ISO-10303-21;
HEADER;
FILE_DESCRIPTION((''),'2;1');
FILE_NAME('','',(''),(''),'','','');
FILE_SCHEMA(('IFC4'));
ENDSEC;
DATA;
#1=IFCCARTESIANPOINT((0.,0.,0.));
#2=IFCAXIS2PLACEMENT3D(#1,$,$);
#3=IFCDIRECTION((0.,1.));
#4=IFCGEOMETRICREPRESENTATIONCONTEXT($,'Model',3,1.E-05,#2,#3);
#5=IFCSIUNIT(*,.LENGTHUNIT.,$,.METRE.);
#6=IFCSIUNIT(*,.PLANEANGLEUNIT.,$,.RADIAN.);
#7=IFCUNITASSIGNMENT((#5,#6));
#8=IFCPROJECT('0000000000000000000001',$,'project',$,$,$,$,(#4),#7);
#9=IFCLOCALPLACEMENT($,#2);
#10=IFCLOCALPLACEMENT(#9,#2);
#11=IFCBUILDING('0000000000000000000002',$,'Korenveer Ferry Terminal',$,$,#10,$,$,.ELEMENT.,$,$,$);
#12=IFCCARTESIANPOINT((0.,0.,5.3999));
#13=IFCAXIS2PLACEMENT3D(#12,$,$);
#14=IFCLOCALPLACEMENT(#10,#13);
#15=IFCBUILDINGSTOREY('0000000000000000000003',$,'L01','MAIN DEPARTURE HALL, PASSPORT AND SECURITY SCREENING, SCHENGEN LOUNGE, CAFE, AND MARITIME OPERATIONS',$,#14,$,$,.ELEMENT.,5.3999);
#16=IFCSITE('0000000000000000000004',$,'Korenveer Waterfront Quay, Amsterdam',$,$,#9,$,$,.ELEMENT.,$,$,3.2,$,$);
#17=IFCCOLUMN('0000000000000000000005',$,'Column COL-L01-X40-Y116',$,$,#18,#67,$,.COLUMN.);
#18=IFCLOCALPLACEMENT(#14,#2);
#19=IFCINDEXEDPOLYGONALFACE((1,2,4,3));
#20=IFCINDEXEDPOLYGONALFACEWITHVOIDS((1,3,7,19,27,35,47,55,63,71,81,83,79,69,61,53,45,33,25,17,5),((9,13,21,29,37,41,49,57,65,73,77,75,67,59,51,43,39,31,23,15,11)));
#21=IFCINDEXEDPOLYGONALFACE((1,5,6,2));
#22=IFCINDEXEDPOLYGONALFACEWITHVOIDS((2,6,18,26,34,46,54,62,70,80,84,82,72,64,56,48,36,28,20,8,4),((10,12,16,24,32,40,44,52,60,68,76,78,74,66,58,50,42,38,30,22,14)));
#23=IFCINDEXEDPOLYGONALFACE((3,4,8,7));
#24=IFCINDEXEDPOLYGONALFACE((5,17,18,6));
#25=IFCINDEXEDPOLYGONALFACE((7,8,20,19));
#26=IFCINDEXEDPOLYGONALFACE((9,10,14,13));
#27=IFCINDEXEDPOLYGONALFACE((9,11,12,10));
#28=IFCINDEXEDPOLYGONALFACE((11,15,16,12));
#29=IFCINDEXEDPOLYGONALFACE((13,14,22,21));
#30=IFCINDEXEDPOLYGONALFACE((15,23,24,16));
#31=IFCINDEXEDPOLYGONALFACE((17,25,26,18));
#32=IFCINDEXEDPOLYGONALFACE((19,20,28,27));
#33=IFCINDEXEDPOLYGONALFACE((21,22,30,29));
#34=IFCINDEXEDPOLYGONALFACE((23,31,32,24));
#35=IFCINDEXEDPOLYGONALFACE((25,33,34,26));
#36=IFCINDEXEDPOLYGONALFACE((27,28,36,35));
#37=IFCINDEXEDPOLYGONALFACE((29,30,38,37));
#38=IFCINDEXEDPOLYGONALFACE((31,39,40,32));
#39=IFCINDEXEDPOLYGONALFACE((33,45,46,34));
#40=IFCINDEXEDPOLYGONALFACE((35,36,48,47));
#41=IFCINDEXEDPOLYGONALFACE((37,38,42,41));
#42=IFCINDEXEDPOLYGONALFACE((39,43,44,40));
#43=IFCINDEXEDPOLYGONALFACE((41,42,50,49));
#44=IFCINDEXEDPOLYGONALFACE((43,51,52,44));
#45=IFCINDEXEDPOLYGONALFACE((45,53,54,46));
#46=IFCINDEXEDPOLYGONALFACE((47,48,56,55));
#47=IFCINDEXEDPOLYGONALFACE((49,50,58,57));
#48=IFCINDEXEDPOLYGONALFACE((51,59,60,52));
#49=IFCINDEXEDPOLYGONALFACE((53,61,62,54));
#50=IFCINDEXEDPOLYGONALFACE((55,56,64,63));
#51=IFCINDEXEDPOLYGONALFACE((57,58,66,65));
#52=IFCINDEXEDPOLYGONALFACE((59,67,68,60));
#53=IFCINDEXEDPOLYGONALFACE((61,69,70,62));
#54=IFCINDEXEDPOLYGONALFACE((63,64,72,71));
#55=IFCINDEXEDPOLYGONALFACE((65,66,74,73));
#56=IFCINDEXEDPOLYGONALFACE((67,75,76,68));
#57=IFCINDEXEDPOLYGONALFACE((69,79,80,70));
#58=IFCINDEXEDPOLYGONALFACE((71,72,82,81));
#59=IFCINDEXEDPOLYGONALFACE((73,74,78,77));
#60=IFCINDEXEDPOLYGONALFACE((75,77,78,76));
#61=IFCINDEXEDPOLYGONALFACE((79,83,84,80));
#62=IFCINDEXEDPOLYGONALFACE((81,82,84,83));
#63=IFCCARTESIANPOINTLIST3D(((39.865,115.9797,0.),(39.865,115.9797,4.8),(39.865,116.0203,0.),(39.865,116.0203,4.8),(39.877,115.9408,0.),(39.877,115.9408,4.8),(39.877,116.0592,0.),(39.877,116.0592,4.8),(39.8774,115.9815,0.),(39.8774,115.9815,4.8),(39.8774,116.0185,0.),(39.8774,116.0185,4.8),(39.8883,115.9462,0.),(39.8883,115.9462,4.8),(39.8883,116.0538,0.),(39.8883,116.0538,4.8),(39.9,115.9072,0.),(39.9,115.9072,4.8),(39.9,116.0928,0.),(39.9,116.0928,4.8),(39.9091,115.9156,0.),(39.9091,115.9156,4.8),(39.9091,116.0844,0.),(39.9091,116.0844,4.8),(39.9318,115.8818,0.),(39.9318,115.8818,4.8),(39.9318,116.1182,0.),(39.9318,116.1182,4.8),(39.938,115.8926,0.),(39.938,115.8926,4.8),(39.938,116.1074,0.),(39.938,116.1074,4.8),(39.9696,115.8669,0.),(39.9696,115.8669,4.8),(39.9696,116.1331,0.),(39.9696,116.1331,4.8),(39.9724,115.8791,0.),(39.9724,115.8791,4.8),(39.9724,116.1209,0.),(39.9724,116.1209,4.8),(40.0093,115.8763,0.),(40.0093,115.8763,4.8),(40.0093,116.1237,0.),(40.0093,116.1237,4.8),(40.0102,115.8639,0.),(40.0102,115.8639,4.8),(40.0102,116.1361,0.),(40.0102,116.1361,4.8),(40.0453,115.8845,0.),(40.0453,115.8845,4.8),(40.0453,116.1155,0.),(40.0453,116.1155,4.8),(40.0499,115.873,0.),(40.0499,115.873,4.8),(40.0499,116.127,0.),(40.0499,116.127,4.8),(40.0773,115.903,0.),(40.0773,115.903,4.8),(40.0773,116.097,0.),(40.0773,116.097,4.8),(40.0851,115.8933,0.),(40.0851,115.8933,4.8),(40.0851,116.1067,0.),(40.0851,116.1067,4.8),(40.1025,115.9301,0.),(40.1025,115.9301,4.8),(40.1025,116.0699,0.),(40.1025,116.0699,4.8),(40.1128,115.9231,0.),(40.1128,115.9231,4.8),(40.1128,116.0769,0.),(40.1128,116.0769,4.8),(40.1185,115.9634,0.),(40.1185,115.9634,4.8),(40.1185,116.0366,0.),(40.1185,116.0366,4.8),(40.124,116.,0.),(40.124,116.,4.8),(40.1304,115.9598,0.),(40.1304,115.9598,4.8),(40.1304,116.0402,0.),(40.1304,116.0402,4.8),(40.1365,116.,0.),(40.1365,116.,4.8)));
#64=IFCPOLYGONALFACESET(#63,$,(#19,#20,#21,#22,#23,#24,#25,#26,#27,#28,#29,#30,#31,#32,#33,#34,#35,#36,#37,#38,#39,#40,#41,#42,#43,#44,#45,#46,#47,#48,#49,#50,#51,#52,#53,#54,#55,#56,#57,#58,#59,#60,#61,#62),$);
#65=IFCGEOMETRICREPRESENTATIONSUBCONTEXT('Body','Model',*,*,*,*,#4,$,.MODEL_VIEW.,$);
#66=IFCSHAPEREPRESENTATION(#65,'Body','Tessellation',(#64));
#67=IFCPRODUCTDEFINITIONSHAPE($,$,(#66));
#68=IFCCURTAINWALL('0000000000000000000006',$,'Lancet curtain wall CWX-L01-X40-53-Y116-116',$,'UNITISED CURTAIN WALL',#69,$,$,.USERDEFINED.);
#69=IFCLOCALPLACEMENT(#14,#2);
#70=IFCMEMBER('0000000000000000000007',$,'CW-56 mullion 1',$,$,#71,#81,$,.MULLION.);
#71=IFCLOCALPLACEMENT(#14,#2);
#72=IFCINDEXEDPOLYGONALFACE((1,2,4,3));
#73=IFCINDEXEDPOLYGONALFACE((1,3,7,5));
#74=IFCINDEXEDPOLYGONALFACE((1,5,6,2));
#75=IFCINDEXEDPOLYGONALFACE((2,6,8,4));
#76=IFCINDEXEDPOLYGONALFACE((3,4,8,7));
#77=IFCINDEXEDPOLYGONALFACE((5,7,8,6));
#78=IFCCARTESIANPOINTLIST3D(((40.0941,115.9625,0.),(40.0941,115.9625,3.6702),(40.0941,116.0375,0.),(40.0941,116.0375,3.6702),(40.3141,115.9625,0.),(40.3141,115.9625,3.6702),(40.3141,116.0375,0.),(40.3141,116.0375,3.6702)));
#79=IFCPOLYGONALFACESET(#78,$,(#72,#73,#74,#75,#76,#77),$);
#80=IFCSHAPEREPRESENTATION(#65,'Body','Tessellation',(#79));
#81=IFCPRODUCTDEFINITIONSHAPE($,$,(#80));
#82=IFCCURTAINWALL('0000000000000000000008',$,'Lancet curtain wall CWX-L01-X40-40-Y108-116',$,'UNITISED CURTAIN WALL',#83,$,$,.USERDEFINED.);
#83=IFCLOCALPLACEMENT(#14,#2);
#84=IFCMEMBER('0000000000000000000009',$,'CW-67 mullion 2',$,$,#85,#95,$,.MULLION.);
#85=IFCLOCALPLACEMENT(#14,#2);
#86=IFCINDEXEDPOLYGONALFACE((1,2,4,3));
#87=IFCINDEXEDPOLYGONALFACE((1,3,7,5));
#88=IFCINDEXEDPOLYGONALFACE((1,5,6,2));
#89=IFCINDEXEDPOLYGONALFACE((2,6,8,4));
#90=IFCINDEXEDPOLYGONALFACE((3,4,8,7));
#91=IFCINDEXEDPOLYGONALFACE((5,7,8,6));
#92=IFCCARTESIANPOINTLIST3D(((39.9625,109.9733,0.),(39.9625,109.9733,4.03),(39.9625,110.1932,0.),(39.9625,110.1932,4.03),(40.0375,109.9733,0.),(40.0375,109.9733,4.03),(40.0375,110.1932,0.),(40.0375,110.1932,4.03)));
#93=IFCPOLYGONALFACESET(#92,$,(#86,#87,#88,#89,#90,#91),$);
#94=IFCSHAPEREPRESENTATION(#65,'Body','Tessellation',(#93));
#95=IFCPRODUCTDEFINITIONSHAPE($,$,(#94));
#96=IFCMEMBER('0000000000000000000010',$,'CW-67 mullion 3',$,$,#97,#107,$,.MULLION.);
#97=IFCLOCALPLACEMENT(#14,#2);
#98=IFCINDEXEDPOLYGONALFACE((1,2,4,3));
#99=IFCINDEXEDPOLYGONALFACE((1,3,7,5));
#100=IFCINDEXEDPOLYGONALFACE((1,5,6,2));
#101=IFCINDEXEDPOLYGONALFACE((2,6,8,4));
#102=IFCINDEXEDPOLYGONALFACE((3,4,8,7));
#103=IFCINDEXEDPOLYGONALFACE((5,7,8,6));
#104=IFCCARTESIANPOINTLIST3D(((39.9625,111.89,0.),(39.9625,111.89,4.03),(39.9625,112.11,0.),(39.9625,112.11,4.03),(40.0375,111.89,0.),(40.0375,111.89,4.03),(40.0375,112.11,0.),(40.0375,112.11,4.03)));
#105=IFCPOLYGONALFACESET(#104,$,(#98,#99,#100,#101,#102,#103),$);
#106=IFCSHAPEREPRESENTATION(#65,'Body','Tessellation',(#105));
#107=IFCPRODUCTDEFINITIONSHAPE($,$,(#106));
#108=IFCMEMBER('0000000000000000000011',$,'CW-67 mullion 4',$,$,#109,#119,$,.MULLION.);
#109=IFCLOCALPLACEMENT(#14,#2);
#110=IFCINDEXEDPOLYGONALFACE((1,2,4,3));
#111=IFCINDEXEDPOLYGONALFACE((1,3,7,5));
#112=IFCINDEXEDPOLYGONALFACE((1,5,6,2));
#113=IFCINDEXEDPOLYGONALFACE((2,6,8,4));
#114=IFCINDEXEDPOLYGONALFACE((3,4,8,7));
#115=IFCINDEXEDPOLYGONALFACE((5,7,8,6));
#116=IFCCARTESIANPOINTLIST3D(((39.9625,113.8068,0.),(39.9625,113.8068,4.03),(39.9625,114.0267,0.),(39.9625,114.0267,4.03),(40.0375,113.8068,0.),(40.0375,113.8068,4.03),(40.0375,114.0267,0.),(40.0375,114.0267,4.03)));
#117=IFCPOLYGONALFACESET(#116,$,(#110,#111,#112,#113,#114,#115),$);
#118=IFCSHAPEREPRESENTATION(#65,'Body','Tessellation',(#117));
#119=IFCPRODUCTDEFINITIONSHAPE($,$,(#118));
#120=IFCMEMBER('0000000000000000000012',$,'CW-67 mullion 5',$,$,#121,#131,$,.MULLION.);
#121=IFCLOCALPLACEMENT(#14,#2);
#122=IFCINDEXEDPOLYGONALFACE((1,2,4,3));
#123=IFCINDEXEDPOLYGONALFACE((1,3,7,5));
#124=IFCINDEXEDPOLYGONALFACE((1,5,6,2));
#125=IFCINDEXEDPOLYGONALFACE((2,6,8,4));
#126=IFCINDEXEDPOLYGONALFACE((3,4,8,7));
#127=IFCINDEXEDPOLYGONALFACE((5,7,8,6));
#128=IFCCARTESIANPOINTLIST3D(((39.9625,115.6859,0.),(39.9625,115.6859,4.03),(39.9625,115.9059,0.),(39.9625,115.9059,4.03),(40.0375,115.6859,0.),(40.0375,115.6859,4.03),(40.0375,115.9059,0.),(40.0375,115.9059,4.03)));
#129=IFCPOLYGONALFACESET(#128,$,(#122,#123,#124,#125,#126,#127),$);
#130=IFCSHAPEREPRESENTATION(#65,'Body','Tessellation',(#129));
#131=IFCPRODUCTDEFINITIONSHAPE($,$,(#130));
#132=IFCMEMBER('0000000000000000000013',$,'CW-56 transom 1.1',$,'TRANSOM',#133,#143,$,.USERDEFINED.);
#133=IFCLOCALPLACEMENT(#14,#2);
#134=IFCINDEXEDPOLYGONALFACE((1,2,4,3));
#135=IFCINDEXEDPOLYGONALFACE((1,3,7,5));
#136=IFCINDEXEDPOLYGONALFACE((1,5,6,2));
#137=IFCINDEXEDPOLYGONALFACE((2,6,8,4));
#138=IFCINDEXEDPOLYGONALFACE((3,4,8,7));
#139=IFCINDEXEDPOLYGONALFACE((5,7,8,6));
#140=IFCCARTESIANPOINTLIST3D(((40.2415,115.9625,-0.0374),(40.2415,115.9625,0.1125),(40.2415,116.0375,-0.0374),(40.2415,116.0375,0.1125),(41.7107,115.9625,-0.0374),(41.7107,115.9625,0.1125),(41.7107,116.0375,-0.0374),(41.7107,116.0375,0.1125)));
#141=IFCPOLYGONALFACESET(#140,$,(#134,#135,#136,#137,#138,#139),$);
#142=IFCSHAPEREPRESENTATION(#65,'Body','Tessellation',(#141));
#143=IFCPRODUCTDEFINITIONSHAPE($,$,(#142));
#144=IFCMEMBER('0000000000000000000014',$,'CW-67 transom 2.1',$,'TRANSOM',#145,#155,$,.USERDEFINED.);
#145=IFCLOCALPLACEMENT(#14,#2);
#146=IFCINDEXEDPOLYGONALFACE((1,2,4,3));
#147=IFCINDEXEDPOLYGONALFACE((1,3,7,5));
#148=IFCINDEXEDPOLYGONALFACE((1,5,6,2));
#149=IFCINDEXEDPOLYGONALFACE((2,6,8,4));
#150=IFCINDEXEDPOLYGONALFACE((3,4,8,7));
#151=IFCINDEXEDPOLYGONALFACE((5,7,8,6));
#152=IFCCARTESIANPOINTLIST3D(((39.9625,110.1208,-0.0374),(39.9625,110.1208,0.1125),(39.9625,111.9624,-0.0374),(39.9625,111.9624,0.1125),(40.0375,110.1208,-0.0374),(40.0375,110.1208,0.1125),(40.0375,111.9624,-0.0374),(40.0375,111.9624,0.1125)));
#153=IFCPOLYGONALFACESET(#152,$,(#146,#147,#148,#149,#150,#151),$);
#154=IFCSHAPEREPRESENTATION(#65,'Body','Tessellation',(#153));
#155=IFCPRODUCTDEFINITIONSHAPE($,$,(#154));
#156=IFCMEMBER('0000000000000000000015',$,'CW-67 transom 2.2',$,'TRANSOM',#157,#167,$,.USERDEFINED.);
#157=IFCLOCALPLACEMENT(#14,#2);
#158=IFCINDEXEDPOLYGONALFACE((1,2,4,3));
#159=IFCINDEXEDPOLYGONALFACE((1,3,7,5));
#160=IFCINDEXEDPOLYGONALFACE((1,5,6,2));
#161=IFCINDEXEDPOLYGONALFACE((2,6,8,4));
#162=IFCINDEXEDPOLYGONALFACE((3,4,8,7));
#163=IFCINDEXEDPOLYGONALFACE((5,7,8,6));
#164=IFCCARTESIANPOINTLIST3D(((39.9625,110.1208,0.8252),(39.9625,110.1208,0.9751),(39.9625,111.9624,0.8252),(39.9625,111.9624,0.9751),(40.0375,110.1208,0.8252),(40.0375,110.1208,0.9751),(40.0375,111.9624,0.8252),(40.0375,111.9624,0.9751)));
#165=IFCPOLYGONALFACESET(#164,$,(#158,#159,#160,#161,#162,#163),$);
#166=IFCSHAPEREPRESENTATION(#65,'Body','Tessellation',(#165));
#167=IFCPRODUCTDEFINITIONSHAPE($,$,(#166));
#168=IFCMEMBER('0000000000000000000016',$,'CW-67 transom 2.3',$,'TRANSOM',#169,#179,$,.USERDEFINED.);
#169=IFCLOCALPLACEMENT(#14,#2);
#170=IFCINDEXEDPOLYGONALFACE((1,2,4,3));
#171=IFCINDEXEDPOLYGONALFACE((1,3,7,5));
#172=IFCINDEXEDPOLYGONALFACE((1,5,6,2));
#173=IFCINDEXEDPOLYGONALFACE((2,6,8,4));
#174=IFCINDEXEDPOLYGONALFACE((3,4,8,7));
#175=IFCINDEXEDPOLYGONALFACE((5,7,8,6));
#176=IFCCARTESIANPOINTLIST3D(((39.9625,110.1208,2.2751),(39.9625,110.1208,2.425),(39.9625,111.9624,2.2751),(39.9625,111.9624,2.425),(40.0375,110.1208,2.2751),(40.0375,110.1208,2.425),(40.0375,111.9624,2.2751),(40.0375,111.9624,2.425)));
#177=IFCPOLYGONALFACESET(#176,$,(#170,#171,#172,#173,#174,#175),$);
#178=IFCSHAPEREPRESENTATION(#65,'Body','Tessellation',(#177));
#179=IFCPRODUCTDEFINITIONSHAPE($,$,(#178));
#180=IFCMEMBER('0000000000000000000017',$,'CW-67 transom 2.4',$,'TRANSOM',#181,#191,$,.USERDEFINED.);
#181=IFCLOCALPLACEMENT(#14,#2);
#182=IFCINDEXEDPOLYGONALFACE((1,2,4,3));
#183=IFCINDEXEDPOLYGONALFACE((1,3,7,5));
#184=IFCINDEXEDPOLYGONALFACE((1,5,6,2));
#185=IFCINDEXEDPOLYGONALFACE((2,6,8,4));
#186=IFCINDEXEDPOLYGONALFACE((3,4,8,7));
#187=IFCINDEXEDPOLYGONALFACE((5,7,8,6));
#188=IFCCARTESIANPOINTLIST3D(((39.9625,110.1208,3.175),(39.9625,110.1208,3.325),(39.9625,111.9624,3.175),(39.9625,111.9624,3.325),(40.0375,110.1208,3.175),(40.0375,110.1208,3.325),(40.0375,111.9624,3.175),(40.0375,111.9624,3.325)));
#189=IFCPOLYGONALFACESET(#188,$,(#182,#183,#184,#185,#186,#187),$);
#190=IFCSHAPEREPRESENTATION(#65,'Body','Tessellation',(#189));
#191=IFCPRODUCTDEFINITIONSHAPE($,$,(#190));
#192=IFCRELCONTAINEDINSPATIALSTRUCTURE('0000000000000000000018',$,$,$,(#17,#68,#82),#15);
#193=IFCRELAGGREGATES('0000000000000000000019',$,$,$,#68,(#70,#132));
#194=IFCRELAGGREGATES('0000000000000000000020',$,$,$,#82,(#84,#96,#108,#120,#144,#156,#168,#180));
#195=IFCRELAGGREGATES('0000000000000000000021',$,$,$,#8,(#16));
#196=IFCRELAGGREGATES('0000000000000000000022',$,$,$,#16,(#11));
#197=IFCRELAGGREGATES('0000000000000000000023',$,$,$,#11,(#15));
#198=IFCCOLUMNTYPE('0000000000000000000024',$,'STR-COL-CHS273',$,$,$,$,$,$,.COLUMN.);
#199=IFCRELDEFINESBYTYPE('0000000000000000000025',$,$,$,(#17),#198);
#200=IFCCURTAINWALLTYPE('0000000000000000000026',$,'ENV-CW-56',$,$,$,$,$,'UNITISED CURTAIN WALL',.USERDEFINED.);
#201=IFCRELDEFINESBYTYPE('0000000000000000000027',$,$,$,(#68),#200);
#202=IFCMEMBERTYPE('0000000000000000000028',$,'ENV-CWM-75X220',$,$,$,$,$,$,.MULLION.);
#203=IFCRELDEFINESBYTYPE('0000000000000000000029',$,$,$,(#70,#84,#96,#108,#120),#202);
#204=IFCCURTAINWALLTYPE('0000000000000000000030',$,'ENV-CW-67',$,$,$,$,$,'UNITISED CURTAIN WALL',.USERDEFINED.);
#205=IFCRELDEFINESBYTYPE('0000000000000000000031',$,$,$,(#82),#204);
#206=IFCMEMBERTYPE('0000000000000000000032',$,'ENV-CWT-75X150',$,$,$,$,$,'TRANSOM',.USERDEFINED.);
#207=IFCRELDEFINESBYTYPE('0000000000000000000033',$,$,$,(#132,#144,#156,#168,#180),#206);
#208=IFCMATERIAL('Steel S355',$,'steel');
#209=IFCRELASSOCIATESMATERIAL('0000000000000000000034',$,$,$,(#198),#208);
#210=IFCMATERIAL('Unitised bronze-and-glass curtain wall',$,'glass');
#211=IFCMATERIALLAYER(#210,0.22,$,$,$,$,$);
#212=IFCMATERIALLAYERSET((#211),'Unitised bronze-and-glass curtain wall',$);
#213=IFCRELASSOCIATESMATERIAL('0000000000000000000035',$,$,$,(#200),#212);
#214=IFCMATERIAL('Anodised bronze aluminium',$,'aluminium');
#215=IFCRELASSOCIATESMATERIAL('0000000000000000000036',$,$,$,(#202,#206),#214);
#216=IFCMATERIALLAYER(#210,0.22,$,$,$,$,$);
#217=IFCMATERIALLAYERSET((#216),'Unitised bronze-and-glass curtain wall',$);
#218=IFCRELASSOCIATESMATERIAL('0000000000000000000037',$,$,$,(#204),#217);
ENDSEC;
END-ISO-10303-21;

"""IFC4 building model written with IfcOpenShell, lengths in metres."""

from ifc_helpers import new_model, si_unit, direction, frame, origin, origin_2d, place, context, subcontext, project, spatial, rectangle, hollow_circle, extrude, material, layer, layer_set, material_profile, profile_set, type_object, element, aggregate, save


model = new_model("IFC4")

# Units and contexts
model_context = context("Model", 3, precision=1e-05, world=origin(), true_north=direction((0.0, 1.0)))
body_context = subcontext(model_context, "Body", "Model", "MODEL_VIEW")
ifc_project = project(units=[si_unit("LENGTHUNIT", "METRE"), si_unit("PLANEANGLEUNIT", "RADIAN")], contexts=[model_context])

# Site, building, storey
site_placement = place(None, origin())
site = spatial("IfcSite", under=ifc_project, at=site_placement, Name="Korenveer Waterfront Quay, Amsterdam", CompositionType="ELEMENT", RefElevation=3.2)
building_placement = place(site_placement, origin())
building = spatial("IfcBuilding", under=site, at=building_placement, Name="Korenveer Ferry Terminal", CompositionType="ELEMENT")
storey_placement = place(building_placement, frame((0.0, 0.0, 5.3999)))
storey = spatial("IfcBuildingStorey", under=building, at=storey_placement, Name="L01", Description="MAIN DEPARTURE HALL, PASSPORT AND SECURITY SCREENING, SCHENGEN LOUNGE, CAFE, AND MARITIME OPERATIONS", CompositionType="ELEMENT", Elevation=5.3999)

# Column
ifc_material_1 = material(Name="Steel S355", Category="steel")
ifc_material_profile_1 = material_profile(ifc_material_1, hollow_circle(Radius=0.1365, WallThickness=0.0125, at=origin_2d()), Name="CHS 273x12.5")
ifc_profile_set_1 = profile_set([ifc_material_profile_1], Name="Steel S355")
column_type = type_object("IfcColumnType", Name="STR-COL-CHS273", PredefinedType="COLUMN", material=ifc_profile_set_1)
column_placement = place(storey_placement, frame((40.0, 116.0, 0.0), z_axis=(0.0, 0.0, 1.0), x_axis=(1.0, 0.0, 0.0)))
element("IfcColumn", 1, at=column_placement, inside=storey, type_object=column_type, Name="Column COL-L01-X40-Y116", PredefinedType="COLUMN", context=body_context, shape_type="SweptSolid", body=[
    extrude(hollow_circle(Radius=0.1365, WallThickness=0.0125, at=origin_2d()), origin(), (0.0, 0.0, 1.0), 4.8),
])

# Curtain wall, member
ifc_material_2 = material(Name="Unitised bronze-and-glass curtain wall", Category="glass")
ifc_layer_1 = layer(ifc_material_2, 0.22)
ifc_layer_set_1 = layer_set([ifc_layer_1], Name="Unitised bronze-and-glass curtain wall")
curtain_wall_type_1 = type_object("IfcCurtainWallType", Name="ENV-CW-56", ElementType="UNITISED CURTAIN WALL", PredefinedType="USERDEFINED", material=ifc_layer_set_1)
curtain_wall_1_placement = place(storey_placement, frame((40.1665, 116.0, 0.0)))
curtain_wall_1 = element("IfcCurtainWall", 2, at=curtain_wall_1_placement, inside=storey, type_object=curtain_wall_type_1, Name="Lancet curtain wall CWX-L01-X40-53-Y116-116", ObjectType="UNITISED CURTAIN WALL", PredefinedType="USERDEFINED")
ifc_material_3 = material(Name="Anodised bronze aluminium", Category="aluminium")
ifc_material_profile_2 = material_profile(ifc_material_3, rectangle(XDim=0.075, YDim=0.22, at=origin_2d()), Name="ALU 75x220")
ifc_profile_set_2 = profile_set([ifc_material_profile_2], Name="Anodised bronze aluminium")
member_type_1 = type_object("IfcMemberType", Name="ENV-CWM-75X220", PredefinedType="MULLION", material=ifc_profile_set_2)
member_1_placement = place(storey_placement, frame((40.2041, 116.0, 0.0), z_axis=(0.0, 0.0, 1.0), x_axis=(0.0, 1.0, 0.0)))
member_1 = element("IfcMember", 3, at=member_1_placement, type_object=member_type_1, Name="CW-56 mullion 1", PredefinedType="MULLION", context=body_context, shape_type="SweptSolid", body=[
    extrude(rectangle(XDim=0.075, YDim=0.22, at=origin_2d()), origin(), (0.0, 0.0, 1.0), 3.6702),
])

# Curtain wall, members
ifc_layer_2 = layer(ifc_material_2, 0.22)
ifc_layer_set_2 = layer_set([ifc_layer_2], Name="Unitised bronze-and-glass curtain wall")
curtain_wall_type_2 = type_object("IfcCurtainWallType", Name="ENV-CW-67", ElementType="UNITISED CURTAIN WALL", PredefinedType="USERDEFINED", material=ifc_layer_set_2)
curtain_wall_2_placement = place(storey_placement, frame((40.0, 108.1665, 0.0)))
curtain_wall_2 = element("IfcCurtainWall", 4, at=curtain_wall_2_placement, inside=storey, type_object=curtain_wall_type_2, Name="Lancet curtain wall CWX-L01-X40-40-Y108-116", ObjectType="UNITISED CURTAIN WALL", PredefinedType="USERDEFINED")
member_2_placement = place(storey_placement, frame((40.0, 110.0833, 0.0), z_axis=(0.0, 0.0, 1.0), x_axis=(-1.0, 0.0, 0.0)))
member_2 = element("IfcMember", 5, at=member_2_placement, type_object=member_type_1, Name="CW-67 mullion 2", PredefinedType="MULLION", context=body_context, shape_type="SweptSolid", body=[
    extrude(rectangle(XDim=0.075, YDim=0.22, at=origin_2d()), origin(), (0.0, 0.0, 1.0), 4.03),
])
member_3_placement = place(storey_placement, frame((40.0, 112.0, 0.0), z_axis=(0.0, 0.0, 1.0), x_axis=(-1.0, 0.0, 0.0)))
member_3 = element("IfcMember", 6, at=member_3_placement, type_object=member_type_1, Name="CW-67 mullion 3", PredefinedType="MULLION", context=body_context, shape_type="SweptSolid", body=[
    extrude(rectangle(XDim=0.075, YDim=0.22, at=origin_2d()), origin(), (0.0, 0.0, 1.0), 4.03),
])
member_4_placement = place(storey_placement, frame((40.0, 113.9167, 0.0), z_axis=(0.0, 0.0, 1.0), x_axis=(-1.0, 0.0, 0.0)))
member_4 = element("IfcMember", 7, at=member_4_placement, type_object=member_type_1, Name="CW-67 mullion 4", PredefinedType="MULLION", context=body_context, shape_type="SweptSolid", body=[
    extrude(rectangle(XDim=0.075, YDim=0.22, at=origin_2d()), origin(), (0.0, 0.0, 1.0), 4.03),
])
member_5_placement = place(storey_placement, frame((40.0, 115.7959, 0.0), z_axis=(0.0, 0.0, 1.0), x_axis=(-1.0, 0.0, 0.0)))
member_5 = element("IfcMember", 8, at=member_5_placement, type_object=member_type_1, Name="CW-67 mullion 5", PredefinedType="MULLION", context=body_context, shape_type="SweptSolid", body=[
    extrude(rectangle(XDim=0.075, YDim=0.22, at=origin_2d()), origin(), (0.0, 0.0, 1.0), 4.03),
])

# Members
ifc_material_profile_3 = material_profile(ifc_material_3, rectangle(XDim=0.075, YDim=0.1499, at=origin_2d()), Name="ALU 75x150")
ifc_profile_set_3 = profile_set([ifc_material_profile_3], Name="Anodised bronze aluminium")
member_type_2 = type_object("IfcMemberType", Name="ENV-CWT-75X150", ElementType="TRANSOM", PredefinedType="USERDEFINED", material=ifc_profile_set_3)
member_6_placement = place(storey_placement, frame((40.2415, 116.0, 0.0376), z_axis=(1.0, 0.0, 0.0), x_axis=(0.0, 1.0, 0.0)))
member_6 = element("IfcMember", 9, at=member_6_placement, type_object=member_type_2, Name="CW-56 transom 1.1", ObjectType="TRANSOM", PredefinedType="USERDEFINED", context=body_context, shape_type="SweptSolid", body=[
    extrude(rectangle(XDim=0.075, YDim=0.1499, at=origin_2d()), origin(), (0.0, 0.0, 1.0), 1.4692),
])
aggregate(curtain_wall_1, [member_1, member_6])
member_7_placement = place(storey_placement, frame((40.0, 110.1208, 0.0376), z_axis=(0.0, 1.0, 0.0), x_axis=(-1.0, 0.0, 0.0)))
member_7 = element("IfcMember", 10, at=member_7_placement, type_object=member_type_2, Name="CW-67 transom 2.1", ObjectType="TRANSOM", PredefinedType="USERDEFINED", context=body_context, shape_type="SweptSolid", body=[
    extrude(rectangle(XDim=0.075, YDim=0.1499, at=origin_2d()), origin(), (0.0, 0.0, 1.0), 1.8416),
])
member_8_placement = place(storey_placement, frame((40.0, 110.1208, 0.9001), z_axis=(0.0, 1.0, 0.0), x_axis=(-1.0, 0.0, 0.0)))
member_8 = element("IfcMember", 11, at=member_8_placement, type_object=member_type_2, Name="CW-67 transom 2.2", ObjectType="TRANSOM", PredefinedType="USERDEFINED", context=body_context, shape_type="SweptSolid", body=[
    extrude(rectangle(XDim=0.075, YDim=0.1499, at=origin_2d()), origin(), (0.0, 0.0, 1.0), 1.8416),
])
member_9_placement = place(storey_placement, frame((40.0, 110.1208, 2.3501), z_axis=(0.0, 1.0, 0.0), x_axis=(-1.0, 0.0, 0.0)))
member_9 = element("IfcMember", 12, at=member_9_placement, type_object=member_type_2, Name="CW-67 transom 2.3", ObjectType="TRANSOM", PredefinedType="USERDEFINED", context=body_context, shape_type="SweptSolid", body=[
    extrude(rectangle(XDim=0.075, YDim=0.1499, at=origin_2d()), origin(), (0.0, 0.0, 1.0), 1.8416),
])
member_10_placement = place(storey_placement, frame((40.0, 110.1208, 3.25), z_axis=(0.0, 1.0, 0.0), x_axis=(-1.0, 0.0, 0.0)))
member_10 = element("IfcMember", 13, at=member_10_placement, type_object=member_type_2, Name="CW-67 transom 2.4", ObjectType="TRANSOM", PredefinedType="USERDEFINED", context=body_context, shape_type="SweptSolid", body=[
    extrude(rectangle(XDim=0.075, YDim=0.1499, at=origin_2d()), origin(), (0.0, 0.0, 1.0), 1.8416),
])

aggregate(curtain_wall_2, [member_2, member_3, member_4, member_5, member_7, member_8, member_9, member_10])

save(model, "model.ifc")
